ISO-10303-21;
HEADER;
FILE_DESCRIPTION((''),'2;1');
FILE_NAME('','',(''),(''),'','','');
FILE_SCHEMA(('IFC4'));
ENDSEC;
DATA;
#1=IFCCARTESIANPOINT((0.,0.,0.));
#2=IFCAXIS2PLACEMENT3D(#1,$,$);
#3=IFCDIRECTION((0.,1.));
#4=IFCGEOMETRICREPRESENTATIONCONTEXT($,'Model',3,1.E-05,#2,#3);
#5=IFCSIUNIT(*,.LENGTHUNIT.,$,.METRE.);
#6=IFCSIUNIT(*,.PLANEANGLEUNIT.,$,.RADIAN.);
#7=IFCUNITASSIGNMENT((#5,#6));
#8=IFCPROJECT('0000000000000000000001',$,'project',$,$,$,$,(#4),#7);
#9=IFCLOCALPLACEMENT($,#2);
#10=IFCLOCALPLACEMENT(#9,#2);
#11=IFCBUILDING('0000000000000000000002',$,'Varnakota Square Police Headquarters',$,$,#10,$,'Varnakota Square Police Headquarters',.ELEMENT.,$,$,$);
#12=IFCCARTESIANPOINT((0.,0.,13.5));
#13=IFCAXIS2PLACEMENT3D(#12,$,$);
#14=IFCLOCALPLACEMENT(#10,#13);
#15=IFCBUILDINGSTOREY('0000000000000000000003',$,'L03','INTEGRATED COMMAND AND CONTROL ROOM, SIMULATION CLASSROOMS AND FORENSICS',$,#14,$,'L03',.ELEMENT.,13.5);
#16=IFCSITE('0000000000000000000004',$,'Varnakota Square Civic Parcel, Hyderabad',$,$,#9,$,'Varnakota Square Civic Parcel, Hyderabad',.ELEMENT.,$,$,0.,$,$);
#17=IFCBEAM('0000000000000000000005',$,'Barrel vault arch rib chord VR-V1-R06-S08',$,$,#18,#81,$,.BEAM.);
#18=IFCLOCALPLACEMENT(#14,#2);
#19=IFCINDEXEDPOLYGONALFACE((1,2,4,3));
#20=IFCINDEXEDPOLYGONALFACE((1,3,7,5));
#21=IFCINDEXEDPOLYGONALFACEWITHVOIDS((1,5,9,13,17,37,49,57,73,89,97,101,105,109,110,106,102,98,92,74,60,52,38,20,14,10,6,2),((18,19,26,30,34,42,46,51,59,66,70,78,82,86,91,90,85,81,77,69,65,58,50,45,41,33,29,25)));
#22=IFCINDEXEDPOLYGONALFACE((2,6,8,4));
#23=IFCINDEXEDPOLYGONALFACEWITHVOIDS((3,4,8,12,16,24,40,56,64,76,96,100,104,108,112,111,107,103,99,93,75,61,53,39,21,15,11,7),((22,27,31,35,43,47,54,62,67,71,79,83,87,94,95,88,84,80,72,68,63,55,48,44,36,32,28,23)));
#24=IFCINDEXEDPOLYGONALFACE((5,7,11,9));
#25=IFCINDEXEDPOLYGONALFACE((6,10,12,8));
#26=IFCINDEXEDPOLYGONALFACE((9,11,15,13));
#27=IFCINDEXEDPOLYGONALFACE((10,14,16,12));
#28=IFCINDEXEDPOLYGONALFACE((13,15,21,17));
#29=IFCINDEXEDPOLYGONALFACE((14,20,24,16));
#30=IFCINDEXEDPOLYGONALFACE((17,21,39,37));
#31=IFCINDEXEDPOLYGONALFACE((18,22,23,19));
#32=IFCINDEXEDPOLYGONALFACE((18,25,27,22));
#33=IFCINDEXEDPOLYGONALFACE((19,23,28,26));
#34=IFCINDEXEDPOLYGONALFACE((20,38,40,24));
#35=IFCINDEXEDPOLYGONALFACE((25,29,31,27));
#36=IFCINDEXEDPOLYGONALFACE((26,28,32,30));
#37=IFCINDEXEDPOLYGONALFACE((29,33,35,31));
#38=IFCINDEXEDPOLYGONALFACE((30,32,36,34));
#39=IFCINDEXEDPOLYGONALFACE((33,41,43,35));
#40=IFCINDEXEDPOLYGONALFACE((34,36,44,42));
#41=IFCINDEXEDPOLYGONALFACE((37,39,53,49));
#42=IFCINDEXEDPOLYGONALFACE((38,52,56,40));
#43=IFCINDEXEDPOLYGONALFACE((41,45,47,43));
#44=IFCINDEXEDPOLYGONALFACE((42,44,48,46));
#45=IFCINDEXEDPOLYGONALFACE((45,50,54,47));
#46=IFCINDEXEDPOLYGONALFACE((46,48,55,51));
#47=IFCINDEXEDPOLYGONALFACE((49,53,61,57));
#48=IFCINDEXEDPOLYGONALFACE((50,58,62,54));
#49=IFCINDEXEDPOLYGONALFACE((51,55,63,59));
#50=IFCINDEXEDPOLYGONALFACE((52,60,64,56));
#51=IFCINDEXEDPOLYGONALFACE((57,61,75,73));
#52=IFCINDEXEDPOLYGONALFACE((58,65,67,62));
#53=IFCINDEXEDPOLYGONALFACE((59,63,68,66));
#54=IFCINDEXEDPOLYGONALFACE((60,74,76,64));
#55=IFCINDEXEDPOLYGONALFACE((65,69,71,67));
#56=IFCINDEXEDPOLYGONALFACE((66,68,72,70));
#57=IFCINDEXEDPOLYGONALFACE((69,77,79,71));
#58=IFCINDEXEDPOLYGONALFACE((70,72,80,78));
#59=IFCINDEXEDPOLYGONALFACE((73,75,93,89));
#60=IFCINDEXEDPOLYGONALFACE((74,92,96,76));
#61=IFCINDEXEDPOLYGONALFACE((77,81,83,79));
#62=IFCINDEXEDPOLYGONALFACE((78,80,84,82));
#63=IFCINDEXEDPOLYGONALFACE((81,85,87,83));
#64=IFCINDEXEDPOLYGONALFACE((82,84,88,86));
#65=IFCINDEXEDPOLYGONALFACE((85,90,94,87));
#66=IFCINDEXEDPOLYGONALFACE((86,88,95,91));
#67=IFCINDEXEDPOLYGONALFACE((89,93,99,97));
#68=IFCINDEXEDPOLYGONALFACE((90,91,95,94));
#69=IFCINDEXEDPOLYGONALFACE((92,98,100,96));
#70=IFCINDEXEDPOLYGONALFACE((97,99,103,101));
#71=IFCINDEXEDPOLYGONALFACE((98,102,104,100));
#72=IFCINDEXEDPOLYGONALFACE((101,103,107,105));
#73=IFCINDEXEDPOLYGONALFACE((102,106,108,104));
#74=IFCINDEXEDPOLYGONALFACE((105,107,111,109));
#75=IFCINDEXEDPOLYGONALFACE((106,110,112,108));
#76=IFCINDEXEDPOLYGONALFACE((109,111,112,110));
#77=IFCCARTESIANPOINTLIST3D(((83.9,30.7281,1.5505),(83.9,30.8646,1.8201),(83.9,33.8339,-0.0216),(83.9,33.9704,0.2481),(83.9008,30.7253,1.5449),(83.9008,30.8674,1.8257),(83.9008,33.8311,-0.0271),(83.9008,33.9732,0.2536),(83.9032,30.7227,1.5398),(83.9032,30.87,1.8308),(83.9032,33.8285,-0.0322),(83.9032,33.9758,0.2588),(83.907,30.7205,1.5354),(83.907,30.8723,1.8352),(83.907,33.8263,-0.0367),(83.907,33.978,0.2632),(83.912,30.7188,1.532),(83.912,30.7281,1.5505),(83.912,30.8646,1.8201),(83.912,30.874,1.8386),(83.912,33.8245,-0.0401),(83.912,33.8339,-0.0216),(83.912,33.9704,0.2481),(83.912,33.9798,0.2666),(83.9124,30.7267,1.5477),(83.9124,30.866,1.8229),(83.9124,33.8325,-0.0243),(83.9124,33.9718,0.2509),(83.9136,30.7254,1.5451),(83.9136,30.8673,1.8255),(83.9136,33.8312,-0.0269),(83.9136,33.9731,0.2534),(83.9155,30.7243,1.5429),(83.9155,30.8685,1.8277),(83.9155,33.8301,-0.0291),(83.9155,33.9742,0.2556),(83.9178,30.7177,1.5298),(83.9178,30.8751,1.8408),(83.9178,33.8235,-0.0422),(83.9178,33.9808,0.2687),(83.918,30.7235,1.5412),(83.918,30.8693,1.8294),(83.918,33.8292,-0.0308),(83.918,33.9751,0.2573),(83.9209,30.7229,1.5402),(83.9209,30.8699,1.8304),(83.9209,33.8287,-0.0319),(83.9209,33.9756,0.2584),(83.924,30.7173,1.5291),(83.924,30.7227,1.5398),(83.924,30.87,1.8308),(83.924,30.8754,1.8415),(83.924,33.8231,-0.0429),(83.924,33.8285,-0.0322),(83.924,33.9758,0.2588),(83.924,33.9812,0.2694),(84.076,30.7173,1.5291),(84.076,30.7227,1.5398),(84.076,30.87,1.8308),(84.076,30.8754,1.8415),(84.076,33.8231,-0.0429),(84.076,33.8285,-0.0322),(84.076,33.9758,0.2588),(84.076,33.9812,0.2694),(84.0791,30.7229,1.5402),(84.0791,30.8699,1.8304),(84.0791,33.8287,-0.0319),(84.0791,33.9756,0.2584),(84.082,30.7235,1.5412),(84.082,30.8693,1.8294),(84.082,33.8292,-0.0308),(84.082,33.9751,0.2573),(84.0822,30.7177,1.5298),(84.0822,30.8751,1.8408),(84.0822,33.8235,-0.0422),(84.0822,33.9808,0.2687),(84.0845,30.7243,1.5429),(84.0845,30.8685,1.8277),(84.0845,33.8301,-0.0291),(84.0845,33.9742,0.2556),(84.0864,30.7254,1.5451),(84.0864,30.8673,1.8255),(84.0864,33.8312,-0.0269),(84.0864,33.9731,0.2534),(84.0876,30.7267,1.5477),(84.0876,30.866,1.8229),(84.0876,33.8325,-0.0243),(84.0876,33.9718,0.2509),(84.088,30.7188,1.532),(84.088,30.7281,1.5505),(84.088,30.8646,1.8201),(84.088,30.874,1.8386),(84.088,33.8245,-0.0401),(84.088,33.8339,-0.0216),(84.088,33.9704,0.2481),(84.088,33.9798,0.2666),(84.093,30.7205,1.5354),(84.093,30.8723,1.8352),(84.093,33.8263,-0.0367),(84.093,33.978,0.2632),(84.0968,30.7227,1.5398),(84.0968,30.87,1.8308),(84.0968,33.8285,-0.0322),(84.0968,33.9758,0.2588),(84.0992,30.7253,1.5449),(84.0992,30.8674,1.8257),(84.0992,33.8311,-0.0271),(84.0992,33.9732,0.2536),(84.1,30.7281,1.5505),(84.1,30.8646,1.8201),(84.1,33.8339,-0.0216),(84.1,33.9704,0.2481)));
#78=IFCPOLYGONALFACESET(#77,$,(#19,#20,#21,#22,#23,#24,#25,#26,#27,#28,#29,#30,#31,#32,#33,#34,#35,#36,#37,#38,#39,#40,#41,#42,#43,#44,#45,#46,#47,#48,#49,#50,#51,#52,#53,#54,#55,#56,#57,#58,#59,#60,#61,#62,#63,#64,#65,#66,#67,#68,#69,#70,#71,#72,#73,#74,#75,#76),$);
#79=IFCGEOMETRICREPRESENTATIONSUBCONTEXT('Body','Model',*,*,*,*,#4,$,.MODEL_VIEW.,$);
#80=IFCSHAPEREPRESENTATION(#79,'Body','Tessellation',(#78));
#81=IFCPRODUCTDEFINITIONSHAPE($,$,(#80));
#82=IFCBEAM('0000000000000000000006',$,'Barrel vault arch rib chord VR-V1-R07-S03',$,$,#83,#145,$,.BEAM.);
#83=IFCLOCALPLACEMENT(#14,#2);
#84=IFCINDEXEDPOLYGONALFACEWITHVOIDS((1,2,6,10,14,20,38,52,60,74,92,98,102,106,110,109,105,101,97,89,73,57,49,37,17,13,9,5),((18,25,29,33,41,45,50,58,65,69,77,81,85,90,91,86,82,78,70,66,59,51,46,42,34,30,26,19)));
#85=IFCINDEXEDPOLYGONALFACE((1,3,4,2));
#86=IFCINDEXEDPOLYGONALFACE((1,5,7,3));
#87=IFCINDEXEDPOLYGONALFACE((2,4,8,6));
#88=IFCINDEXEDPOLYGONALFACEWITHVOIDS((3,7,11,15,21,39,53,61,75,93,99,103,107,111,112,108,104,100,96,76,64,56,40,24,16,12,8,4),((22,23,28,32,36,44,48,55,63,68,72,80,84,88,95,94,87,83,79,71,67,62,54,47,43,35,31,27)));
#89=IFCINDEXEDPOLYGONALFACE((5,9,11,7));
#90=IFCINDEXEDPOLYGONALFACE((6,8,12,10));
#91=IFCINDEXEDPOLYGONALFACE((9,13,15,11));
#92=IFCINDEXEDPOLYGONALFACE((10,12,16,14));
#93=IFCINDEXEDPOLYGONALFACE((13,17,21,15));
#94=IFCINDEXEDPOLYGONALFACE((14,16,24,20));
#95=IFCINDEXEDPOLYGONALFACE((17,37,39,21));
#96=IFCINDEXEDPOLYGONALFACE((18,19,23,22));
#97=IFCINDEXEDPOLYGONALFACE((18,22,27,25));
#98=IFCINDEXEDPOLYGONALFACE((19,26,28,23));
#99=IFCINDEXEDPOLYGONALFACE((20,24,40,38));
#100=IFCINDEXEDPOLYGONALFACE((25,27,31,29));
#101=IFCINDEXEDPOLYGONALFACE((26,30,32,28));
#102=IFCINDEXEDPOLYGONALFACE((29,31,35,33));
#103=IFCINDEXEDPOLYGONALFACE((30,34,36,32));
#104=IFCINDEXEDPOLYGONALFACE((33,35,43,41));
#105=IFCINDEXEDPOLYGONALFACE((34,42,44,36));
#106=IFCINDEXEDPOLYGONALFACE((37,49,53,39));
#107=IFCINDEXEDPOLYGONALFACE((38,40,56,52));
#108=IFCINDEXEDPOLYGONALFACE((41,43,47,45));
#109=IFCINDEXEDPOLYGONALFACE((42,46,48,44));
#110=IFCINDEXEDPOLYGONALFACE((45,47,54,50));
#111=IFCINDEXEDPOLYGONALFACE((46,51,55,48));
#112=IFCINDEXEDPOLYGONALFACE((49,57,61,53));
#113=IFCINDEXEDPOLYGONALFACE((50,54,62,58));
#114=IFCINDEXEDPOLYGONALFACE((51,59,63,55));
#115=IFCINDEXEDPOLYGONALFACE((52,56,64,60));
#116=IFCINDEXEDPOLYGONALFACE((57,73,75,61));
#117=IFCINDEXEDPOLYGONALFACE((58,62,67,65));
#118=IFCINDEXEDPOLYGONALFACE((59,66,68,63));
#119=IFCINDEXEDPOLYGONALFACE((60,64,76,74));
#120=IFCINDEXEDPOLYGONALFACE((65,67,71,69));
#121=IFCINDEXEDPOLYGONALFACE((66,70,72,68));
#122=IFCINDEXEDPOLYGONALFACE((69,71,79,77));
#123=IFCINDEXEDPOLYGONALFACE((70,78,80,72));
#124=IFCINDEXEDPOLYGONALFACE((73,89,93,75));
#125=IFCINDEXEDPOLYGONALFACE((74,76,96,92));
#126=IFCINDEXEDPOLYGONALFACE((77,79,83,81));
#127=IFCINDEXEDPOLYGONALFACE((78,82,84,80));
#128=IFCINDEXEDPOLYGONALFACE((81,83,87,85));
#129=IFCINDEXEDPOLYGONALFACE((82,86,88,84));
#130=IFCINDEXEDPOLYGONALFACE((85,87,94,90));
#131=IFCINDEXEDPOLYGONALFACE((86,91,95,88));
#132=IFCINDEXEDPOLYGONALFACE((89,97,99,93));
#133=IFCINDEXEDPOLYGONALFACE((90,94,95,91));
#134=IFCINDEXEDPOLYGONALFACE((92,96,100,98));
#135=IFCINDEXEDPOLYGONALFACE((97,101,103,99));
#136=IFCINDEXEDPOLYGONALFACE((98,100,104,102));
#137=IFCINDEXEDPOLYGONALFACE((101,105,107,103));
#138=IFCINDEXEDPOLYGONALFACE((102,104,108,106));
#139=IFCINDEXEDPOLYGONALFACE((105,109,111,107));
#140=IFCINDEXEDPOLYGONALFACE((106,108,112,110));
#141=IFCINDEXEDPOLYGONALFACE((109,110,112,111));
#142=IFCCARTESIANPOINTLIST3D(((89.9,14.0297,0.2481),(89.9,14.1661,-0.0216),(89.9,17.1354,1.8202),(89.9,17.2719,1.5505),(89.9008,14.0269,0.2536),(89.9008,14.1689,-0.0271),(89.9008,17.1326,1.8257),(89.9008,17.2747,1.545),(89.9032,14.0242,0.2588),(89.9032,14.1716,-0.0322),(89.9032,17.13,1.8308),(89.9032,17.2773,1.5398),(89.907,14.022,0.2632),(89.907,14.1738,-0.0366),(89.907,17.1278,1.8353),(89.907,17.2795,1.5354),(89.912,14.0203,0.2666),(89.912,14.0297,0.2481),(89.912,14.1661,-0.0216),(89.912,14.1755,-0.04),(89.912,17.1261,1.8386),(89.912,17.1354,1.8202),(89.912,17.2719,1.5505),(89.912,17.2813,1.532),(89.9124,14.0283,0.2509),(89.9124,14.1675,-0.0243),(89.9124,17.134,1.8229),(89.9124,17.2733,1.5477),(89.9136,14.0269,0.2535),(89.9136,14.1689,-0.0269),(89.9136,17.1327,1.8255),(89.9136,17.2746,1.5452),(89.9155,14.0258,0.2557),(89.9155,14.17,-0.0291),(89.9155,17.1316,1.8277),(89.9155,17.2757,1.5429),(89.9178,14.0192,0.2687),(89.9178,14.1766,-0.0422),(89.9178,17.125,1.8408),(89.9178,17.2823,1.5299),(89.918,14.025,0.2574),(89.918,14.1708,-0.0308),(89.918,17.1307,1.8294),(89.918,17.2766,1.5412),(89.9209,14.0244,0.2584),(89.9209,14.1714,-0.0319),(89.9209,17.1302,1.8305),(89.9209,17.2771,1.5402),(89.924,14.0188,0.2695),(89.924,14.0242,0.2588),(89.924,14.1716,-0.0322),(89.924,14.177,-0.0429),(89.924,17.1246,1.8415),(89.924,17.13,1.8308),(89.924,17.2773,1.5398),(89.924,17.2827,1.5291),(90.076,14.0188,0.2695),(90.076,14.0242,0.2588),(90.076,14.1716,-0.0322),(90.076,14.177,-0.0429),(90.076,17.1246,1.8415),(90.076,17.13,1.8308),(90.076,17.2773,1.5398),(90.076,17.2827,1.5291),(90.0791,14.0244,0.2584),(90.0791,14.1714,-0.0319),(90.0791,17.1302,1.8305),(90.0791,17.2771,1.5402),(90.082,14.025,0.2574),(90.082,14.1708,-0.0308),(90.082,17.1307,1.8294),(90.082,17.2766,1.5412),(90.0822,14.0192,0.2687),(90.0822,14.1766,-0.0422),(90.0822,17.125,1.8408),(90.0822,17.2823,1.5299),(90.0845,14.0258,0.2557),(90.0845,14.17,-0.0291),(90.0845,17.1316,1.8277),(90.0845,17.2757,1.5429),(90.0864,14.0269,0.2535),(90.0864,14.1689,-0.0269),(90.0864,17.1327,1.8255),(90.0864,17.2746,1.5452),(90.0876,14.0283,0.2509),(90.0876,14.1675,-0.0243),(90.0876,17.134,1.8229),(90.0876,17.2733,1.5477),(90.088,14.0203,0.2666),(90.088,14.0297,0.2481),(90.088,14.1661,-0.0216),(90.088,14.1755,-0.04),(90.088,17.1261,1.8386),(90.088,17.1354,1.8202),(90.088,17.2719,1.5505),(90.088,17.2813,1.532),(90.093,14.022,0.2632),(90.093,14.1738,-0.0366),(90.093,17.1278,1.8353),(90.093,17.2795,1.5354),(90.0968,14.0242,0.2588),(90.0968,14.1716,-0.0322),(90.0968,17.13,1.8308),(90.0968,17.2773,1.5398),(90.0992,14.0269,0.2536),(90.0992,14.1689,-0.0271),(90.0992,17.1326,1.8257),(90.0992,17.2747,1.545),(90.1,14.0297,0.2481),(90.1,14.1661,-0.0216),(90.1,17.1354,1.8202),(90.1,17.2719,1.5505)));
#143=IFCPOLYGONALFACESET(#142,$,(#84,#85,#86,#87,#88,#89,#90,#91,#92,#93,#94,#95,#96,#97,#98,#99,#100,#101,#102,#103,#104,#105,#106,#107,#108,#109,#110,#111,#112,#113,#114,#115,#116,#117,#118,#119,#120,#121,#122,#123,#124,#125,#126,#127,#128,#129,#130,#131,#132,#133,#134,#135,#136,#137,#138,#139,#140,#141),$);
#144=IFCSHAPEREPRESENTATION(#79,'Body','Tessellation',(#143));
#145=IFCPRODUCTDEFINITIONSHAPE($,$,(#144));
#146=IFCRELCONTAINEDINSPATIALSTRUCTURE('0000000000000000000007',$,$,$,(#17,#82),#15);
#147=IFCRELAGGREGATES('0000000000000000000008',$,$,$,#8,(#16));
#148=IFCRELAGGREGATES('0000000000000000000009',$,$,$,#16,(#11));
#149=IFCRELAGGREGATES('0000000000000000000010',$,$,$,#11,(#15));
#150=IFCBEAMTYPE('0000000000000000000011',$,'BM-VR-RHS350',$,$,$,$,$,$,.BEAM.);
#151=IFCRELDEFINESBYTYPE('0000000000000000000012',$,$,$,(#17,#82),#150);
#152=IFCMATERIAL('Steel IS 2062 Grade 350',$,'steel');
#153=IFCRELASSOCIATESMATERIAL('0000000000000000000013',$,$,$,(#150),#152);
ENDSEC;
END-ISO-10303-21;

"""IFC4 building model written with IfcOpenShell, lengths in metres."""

from ifc_helpers import new_model, si_unit, direction, frame, origin, origin_2d, place, context, subcontext, project, spatial, hollow_rectangle, extrude, material, material_profile, profile_set, type_object, element, save


model = new_model("IFC4")

# Units and contexts
model_context = context("Model", 3, precision=1e-05, world=origin(), true_north=direction((0.0, 1.0)))
body_context = subcontext(model_context, "Body", "Model", "MODEL_VIEW")
ifc_project = project(units=[si_unit("LENGTHUNIT", "METRE"), si_unit("PLANEANGLEUNIT", "RADIAN")], contexts=[model_context])

# Site, building, storey
site_placement = place(None, origin())
site = spatial("IfcSite", under=ifc_project, at=site_placement, Name="Varnakota Square Civic Parcel, Hyderabad", LongName="Varnakota Square Civic Parcel, Hyderabad", CompositionType="ELEMENT", RefElevation=0.0)
building_placement = place(site_placement, origin())
building = spatial("IfcBuilding", under=site, at=building_placement, Name="Varnakota Square Police Headquarters", LongName="Varnakota Square Police Headquarters", CompositionType="ELEMENT")
storey_placement = place(building_placement, frame((0.0, 0.0, 13.5)))
storey = spatial("IfcBuildingStorey", under=building, at=storey_placement, Name="L03", Description="INTEGRATED COMMAND AND CONTROL ROOM, SIMULATION CLASSROOMS AND FORENSICS", LongName="L03", CompositionType="ELEMENT", Elevation=13.5)

# Beams
ifc_material_1 = material(Name="Steel IS 2062 Grade 350", Category="steel")
ifc_material_profile_1 = material_profile(ifc_material_1, hollow_rectangle(XDim=0.2, YDim=0.3501, WallThickness=0.012, InnerFilletRadius=0.012, OuterFilletRadius=0.0239, at=origin_2d()), Name="RHS 350x200x12")
ifc_profile_set_1 = profile_set([ifc_material_profile_1], Name="Steel IS 2062 Grade 350")
beam_type = type_object("IfcBeamType", Name="BM-VR-RHS350", PredefinedType="BEAM", material=ifc_profile_set_1)
for number, where, z_axis, x_axis, name in (
    (1, (84.0, 30.7964, 1.6853), (0.0, 0.892214, -0.451613), (-1.0, 0.0, 0.0), "Barrel vault arch rib chord VR-V1-R06-S08"),
    (2, (90.0, 14.0979, 0.1133), (0.0, 0.892214, 0.451613), (-1.0, 0.0, 0.0), "Barrel vault arch rib chord VR-V1-R07-S03"),
):
    element("IfcBeam", number, at=place(storey_placement, frame(where, z_axis=z_axis, x_axis=x_axis)), inside=storey, type_object=beam_type, Name=name, PredefinedType="BEAM", context=body_context, shape_type="SweptSolid", body=[
        extrude(hollow_rectangle(XDim=0.2, YDim=0.3501, WallThickness=0.012, InnerFilletRadius=0.012, OuterFilletRadius=0.0239, at=origin_2d()), origin(), (0.0, 0.0, 1.0), 3.481),
    ])

save(model, "model.ifc")
